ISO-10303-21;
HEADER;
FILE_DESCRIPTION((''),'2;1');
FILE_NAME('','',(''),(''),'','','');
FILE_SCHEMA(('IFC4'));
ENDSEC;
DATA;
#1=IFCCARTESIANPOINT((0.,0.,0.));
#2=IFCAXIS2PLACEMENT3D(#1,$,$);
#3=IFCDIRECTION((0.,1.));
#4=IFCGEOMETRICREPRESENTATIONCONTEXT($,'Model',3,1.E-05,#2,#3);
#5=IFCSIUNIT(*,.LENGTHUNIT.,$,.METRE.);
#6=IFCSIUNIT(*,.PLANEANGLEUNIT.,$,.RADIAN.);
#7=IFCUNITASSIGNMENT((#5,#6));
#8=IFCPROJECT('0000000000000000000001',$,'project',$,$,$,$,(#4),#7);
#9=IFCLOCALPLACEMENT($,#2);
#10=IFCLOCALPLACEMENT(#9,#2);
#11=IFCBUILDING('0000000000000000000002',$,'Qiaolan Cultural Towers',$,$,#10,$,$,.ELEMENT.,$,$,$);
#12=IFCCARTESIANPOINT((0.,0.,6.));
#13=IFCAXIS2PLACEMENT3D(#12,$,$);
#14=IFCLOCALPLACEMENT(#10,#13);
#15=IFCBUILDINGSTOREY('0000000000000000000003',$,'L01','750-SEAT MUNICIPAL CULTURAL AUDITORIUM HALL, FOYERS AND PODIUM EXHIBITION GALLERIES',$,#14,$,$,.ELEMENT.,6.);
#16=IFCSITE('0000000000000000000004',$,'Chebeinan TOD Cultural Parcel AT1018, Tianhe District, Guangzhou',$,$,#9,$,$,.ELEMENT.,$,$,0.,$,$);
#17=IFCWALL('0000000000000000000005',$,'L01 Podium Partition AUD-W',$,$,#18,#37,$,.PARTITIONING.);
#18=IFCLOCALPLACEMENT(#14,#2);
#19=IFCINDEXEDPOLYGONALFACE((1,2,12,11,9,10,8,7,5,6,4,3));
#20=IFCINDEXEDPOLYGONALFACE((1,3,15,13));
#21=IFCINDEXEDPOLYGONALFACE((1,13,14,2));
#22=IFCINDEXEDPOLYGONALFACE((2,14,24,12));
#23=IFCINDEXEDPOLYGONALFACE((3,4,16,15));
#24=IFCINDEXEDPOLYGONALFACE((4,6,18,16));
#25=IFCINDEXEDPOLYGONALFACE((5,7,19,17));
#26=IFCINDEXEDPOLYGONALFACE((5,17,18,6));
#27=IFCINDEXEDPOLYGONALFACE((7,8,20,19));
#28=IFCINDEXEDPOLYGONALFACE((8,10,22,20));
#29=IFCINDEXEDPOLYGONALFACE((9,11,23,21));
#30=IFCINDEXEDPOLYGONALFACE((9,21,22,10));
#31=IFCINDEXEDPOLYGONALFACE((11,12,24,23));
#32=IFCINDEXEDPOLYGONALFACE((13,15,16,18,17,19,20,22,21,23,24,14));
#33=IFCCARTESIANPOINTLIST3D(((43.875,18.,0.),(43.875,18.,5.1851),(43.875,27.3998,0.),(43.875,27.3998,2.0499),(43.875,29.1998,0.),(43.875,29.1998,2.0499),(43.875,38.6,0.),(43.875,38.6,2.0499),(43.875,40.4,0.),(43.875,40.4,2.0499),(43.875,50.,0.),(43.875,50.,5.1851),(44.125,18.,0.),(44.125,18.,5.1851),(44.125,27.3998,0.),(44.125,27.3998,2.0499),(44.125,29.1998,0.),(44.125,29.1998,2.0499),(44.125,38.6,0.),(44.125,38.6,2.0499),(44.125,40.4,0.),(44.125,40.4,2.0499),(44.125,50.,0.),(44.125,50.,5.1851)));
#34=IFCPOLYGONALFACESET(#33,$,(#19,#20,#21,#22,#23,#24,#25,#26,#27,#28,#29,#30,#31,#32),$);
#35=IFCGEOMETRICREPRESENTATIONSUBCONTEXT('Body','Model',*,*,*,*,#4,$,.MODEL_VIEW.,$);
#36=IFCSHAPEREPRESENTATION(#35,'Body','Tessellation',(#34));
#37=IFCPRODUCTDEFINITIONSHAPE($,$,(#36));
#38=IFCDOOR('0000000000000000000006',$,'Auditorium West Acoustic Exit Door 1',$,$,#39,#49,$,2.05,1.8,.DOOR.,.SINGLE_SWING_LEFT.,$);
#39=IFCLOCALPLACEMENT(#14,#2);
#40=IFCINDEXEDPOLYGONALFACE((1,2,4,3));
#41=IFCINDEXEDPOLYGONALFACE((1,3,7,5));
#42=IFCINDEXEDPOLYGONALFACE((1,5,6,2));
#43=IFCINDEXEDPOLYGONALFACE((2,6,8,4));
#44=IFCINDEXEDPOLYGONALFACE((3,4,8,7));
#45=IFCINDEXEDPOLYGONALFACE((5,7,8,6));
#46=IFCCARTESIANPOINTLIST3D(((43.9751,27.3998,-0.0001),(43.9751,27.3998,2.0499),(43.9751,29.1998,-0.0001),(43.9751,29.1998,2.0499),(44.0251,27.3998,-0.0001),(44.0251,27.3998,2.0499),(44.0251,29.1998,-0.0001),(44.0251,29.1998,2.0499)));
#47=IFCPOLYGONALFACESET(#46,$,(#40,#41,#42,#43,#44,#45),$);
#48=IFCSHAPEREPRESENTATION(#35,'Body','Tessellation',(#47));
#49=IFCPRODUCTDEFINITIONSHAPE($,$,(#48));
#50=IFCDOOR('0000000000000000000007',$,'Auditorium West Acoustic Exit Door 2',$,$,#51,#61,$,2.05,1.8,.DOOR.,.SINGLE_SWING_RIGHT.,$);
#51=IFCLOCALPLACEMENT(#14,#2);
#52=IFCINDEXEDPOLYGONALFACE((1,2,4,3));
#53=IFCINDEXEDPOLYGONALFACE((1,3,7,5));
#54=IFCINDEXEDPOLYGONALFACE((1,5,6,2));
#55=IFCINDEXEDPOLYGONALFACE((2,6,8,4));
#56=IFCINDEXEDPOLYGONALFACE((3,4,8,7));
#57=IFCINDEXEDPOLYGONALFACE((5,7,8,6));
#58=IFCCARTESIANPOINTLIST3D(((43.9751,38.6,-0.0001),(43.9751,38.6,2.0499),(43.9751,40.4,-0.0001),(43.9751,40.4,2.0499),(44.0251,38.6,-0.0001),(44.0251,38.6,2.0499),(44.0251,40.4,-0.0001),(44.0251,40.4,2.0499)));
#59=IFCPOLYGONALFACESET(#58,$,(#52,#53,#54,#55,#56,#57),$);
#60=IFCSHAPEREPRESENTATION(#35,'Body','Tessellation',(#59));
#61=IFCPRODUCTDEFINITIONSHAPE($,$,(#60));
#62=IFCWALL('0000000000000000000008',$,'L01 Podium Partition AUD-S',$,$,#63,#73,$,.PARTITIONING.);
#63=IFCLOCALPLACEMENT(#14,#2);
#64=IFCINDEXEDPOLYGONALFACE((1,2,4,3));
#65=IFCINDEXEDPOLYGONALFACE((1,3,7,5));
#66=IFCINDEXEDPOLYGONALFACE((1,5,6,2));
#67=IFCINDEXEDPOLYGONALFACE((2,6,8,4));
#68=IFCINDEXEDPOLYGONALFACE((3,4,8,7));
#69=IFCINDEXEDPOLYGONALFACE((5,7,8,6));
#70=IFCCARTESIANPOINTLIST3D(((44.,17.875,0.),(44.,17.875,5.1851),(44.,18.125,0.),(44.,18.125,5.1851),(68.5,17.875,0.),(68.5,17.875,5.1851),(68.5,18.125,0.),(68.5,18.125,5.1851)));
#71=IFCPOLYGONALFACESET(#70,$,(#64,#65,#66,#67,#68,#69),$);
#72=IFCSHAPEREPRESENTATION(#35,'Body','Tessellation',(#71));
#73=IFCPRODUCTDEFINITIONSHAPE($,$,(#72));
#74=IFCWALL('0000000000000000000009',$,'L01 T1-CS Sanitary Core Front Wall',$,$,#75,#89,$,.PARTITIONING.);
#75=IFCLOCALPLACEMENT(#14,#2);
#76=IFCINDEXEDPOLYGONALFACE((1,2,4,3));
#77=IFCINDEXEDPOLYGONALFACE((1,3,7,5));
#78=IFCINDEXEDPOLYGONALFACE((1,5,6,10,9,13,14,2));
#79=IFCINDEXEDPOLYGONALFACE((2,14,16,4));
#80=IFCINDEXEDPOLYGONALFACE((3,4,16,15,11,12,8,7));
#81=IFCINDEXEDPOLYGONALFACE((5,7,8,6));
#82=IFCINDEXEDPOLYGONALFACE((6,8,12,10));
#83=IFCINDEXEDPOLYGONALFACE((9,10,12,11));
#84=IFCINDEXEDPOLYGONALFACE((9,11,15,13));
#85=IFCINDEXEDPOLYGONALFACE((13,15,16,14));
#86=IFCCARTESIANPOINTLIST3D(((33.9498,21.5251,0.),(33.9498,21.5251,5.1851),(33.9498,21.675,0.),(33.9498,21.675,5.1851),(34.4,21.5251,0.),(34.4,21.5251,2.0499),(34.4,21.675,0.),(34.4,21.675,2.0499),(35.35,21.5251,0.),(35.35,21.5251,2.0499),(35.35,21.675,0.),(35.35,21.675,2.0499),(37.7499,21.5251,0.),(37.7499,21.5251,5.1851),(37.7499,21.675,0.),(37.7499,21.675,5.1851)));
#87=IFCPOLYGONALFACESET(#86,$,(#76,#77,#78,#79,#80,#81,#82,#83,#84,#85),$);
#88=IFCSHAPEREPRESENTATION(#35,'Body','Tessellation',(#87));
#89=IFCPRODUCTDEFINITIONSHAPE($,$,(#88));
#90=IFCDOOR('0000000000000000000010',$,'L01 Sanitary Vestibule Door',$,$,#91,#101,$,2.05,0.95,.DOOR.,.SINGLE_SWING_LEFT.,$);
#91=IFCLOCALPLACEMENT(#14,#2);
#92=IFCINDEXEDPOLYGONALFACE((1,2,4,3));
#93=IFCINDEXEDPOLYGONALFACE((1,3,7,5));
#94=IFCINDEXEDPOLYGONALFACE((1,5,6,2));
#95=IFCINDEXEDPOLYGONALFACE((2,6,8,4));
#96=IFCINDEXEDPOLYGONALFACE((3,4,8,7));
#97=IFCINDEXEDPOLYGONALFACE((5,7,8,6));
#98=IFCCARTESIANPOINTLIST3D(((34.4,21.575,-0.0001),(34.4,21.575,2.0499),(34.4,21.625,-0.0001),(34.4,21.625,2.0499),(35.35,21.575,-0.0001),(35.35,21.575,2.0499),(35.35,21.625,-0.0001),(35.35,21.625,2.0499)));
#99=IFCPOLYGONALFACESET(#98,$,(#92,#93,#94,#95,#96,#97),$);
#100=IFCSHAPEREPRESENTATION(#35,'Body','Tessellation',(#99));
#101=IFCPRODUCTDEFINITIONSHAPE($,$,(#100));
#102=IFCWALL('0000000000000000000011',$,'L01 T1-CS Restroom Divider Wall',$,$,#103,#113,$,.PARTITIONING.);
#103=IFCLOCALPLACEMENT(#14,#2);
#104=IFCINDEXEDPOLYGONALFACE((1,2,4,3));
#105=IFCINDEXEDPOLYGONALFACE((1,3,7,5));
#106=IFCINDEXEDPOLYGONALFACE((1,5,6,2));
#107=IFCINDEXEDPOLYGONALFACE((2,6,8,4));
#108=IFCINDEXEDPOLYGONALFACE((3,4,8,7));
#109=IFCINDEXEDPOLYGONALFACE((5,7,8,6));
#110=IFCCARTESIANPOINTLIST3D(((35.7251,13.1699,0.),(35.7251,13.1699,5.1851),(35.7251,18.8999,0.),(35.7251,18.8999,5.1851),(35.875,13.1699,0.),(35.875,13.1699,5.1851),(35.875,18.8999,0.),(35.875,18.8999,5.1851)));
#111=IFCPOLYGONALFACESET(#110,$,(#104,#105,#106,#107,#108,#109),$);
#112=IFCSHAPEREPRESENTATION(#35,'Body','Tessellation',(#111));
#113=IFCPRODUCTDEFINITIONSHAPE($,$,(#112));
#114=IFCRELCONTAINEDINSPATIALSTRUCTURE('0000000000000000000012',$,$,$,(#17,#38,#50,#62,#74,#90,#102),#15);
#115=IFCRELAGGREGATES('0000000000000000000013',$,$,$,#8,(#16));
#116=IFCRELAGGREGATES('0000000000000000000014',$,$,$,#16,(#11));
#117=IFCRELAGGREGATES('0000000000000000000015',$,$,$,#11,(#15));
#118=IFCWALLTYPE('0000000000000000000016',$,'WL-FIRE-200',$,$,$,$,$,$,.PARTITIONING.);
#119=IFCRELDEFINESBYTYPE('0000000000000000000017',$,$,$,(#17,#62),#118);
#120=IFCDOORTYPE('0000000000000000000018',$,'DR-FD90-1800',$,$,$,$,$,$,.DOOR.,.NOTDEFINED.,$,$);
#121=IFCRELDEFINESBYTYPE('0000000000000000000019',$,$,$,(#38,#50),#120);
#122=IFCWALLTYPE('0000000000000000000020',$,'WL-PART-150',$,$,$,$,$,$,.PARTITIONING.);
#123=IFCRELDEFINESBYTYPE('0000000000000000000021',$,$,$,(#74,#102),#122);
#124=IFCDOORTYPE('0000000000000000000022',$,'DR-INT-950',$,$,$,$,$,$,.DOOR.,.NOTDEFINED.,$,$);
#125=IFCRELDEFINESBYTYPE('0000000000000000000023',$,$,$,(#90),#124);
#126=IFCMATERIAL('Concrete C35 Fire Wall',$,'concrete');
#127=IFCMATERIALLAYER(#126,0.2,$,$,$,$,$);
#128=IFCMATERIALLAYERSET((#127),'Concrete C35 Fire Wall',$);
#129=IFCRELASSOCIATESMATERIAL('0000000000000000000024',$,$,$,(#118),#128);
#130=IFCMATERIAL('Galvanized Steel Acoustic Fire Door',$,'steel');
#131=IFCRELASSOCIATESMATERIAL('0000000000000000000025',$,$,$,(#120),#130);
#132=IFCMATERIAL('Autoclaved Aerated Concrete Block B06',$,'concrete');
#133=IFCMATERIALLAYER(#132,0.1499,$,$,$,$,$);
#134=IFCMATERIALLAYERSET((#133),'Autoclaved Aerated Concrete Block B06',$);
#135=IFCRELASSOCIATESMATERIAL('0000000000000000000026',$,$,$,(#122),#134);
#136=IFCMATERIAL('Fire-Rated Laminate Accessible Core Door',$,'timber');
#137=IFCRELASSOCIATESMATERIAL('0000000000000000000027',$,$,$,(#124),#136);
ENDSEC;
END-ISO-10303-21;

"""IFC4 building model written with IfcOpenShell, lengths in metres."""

from ifc_helpers import new_model, si_unit, direction, frame, frame_2d, origin, place, context, subcontext, project, spatial, rectangle, extrude, material, layer, layer_set, type_object, element, fill, save


model = new_model("IFC4")

# Units and contexts
model_context = context("Model", 3, precision=1e-05, world=origin(), true_north=direction((0.0, 1.0)))
body_context = subcontext(model_context, "Body", "Model", "MODEL_VIEW")
ifc_project = project(units=[si_unit("LENGTHUNIT", "METRE"), si_unit("PLANEANGLEUNIT", "RADIAN")], contexts=[model_context])

# Site, building, storey
site_placement = place(None, origin())
site = spatial("IfcSite", under=ifc_project, at=site_placement, Name="Chebeinan TOD Cultural Parcel AT1018, Tianhe District, Guangzhou", CompositionType="ELEMENT", RefElevation=0.0)
building_placement = place(site_placement, origin())
building = spatial("IfcBuilding", under=site, at=building_placement, Name="Qiaolan Cultural Towers", CompositionType="ELEMENT")
storey_placement = place(building_placement, frame((0.0, 0.0, 6.0)))
storey = spatial("IfcBuildingStorey", under=building, at=storey_placement, Name="L01", Description="750-SEAT MUNICIPAL CULTURAL AUDITORIUM HALL, FOYERS AND PODIUM EXHIBITION GALLERIES", CompositionType="ELEMENT", Elevation=6.0)

# Shared definitions
ifc_material_1 = material(Name="Concrete C35 Fire Wall", Category="concrete")
ifc_layer_1 = layer(ifc_material_1, 0.2)
ifc_layer_set_1 = layer_set([ifc_layer_1], Name="Concrete C35 Fire Wall")
wall_type_1 = type_object("IfcWallType", Name="WL-FIRE-200", PredefinedType="PARTITIONING", material=ifc_layer_set_1)

# Wall, openings, doors
wall_1_placement = place(storey_placement, frame((44.0, 18.0, 0.0), z_axis=(0.0, 0.0, 1.0), x_axis=(0.0, 1.0, 0.0)))
wall_1 = element("IfcWall", 1, at=wall_1_placement, inside=storey, type_object=wall_type_1, Name="L01 Podium Partition AUD-W", PredefinedType="PARTITIONING", context=body_context, shape_type="SweptSolid", body=[
    extrude(rectangle(XDim=32.0, YDim=0.25, at=frame_2d((16.0, 0.0))), origin(), (0.0, 0.0, 1.0), 5.1851),
])
opening_1_placement = place(wall_1_placement, frame((9.3999, 0.0, 0.0)))
opening_1 = element("IfcOpeningElement", 2, at=opening_1_placement, cuts=wall_1, PredefinedType="OPENING", context=body_context, shape_type="SweptSolid", body=[
    extrude(rectangle(XDim=1.8, YDim=2.05, at=frame_2d((0.8999, 1.0249))), frame((0.0, 0.135, 0.0), z_axis=(0.0, -1.0, 0.0), x_axis=(1.0, 0.0, 0.0)), (0.0, 0.0, 1.0), 0.27),
])
opening_2_placement = place(wall_1_placement, frame((20.6001, 0.0, 0.0)))
opening_2 = element("IfcOpeningElement", 3, at=opening_2_placement, cuts=wall_1, PredefinedType="OPENING", context=body_context, shape_type="SweptSolid", body=[
    extrude(rectangle(XDim=1.8, YDim=2.05, at=frame_2d((0.8999, 1.0249))), frame((0.0, 0.135, 0.0), z_axis=(0.0, -1.0, 0.0), x_axis=(1.0, 0.0, 0.0)), (0.0, 0.0, 1.0), 0.27),
])
ifc_material_2 = material(Name="Galvanized Steel Acoustic Fire Door", Category="steel")
door_type_1 = type_object("IfcDoorType", Name="DR-FD90-1800", OperationType="NOTDEFINED", PredefinedType="DOOR", material=ifc_material_2)
door_1_placement = place(opening_1_placement, origin())
door_1 = element("IfcDoor", 4, at=door_1_placement, inside=storey, type_object=door_type_1, Name="Auditorium West Acoustic Exit Door 1", OperationType="SINGLE_SWING_LEFT", OverallHeight=2.05, OverallWidth=1.8, PredefinedType="DOOR", context=body_context, shape_type="SweptSolid", body=[
    extrude(rectangle(XDim=1.8, YDim=2.05, at=frame_2d((0.8999, 1.0249))), frame((0.0, 0.0249, 0.0), z_axis=(0.0, -1.0, 0.0), x_axis=(1.0, 0.0, 0.0)), (0.0, 0.0, 1.0), 0.05),
])
fill(opening_1, door_1)
door_2_placement = place(opening_2_placement, origin())
door_2 = element("IfcDoor", 5, at=door_2_placement, inside=storey, type_object=door_type_1, Name="Auditorium West Acoustic Exit Door 2", OperationType="SINGLE_SWING_RIGHT", OverallHeight=2.05, OverallWidth=1.8, PredefinedType="DOOR", context=body_context, shape_type="SweptSolid", body=[
    extrude(rectangle(XDim=1.8, YDim=2.05, at=frame_2d((0.8999, 1.0249))), frame((0.0, 0.0249, 0.0), z_axis=(0.0, -1.0, 0.0), x_axis=(1.0, 0.0, 0.0)), (0.0, 0.0, 1.0), 0.05),
])
fill(opening_2, door_2)

# Wall
wall_2_placement = place(storey_placement, frame((44.0, 18.0, 0.0), z_axis=(0.0, 0.0, 1.0), x_axis=(1.0, 0.0, 0.0)))
element("IfcWall", 6, at=wall_2_placement, inside=storey, type_object=wall_type_1, Name="L01 Podium Partition AUD-S", PredefinedType="PARTITIONING", context=body_context, shape_type="SweptSolid", body=[
    extrude(rectangle(XDim=24.5, YDim=0.25, at=frame_2d((12.25, 0.0))), origin(), (0.0, 0.0, 1.0), 5.1851),
])

# Wall, opening, door
ifc_material_3 = material(Name="Autoclaved Aerated Concrete Block B06", Category="concrete")
ifc_layer_2 = layer(ifc_material_3, 0.1499)
ifc_layer_set_2 = layer_set([ifc_layer_2], Name="Autoclaved Aerated Concrete Block B06")
wall_type_2 = type_object("IfcWallType", Name="WL-PART-150", PredefinedType="PARTITIONING", material=ifc_layer_set_2)
wall_3_placement = place(storey_placement, frame((33.95, 21.6001, 0.0), z_axis=(0.0, 0.0, 1.0), x_axis=(1.0, 0.0, 0.0)))
wall_3 = element("IfcWall", 7, at=wall_3_placement, inside=storey, type_object=wall_type_2, Name="L01 T1-CS Sanitary Core Front Wall", PredefinedType="PARTITIONING", context=body_context, shape_type="SweptSolid", body=[
    extrude(rectangle(XDim=3.8, YDim=0.1499, at=frame_2d((1.8999, 0.0))), origin(), (0.0, 0.0, 1.0), 5.1851),
])
opening_3_placement = place(wall_3_placement, frame((0.45, 0.0, 0.0)))
opening_3 = element("IfcOpeningElement", 8, at=opening_3_placement, cuts=wall_3, PredefinedType="OPENING", context=body_context, shape_type="SweptSolid", body=[
    extrude(rectangle(XDim=0.95, YDim=2.05, at=frame_2d((0.4751, 1.0249))), frame((0.0, 0.085, 0.0), z_axis=(0.0, -1.0, 0.0), x_axis=(1.0, 0.0, 0.0)), (0.0, 0.0, 1.0), 0.1699),
])
ifc_material_4 = material(Name="Fire-Rated Laminate Accessible Core Door", Category="timber")
door_type_2 = type_object("IfcDoorType", Name="DR-INT-950", OperationType="NOTDEFINED", PredefinedType="DOOR", material=ifc_material_4)
door_3_placement = place(opening_3_placement, origin())
door_3 = element("IfcDoor", 9, at=door_3_placement, inside=storey, type_object=door_type_2, Name="L01 Sanitary Vestibule Door", OperationType="SINGLE_SWING_LEFT", OverallHeight=2.05, OverallWidth=0.95, PredefinedType="DOOR", context=body_context, shape_type="SweptSolid", body=[
    extrude(rectangle(XDim=0.95, YDim=2.05, at=frame_2d((0.4751, 1.0249))), frame((0.0, 0.0249, 0.0), z_axis=(0.0, -1.0, 0.0), x_axis=(1.0, 0.0, 0.0)), (0.0, 0.0, 1.0), 0.05),
])
fill(opening_3, door_3)

# Wall
wall_4_placement = place(storey_placement, frame((35.8, 18.8999, 0.0), z_axis=(0.0, 0.0, 1.0), x_axis=(0.0, -1.0, 0.0)))
element("IfcWall", 10, at=wall_4_placement, inside=storey, type_object=wall_type_2, Name="L01 T1-CS Restroom Divider Wall", PredefinedType="PARTITIONING", context=body_context, shape_type="SweptSolid", body=[
    extrude(rectangle(XDim=5.73, YDim=0.1499, at=frame_2d((2.865, 0.0))), origin(), (0.0, 0.0, 1.0), 5.1851),
])

save(model, "model.ifc")
